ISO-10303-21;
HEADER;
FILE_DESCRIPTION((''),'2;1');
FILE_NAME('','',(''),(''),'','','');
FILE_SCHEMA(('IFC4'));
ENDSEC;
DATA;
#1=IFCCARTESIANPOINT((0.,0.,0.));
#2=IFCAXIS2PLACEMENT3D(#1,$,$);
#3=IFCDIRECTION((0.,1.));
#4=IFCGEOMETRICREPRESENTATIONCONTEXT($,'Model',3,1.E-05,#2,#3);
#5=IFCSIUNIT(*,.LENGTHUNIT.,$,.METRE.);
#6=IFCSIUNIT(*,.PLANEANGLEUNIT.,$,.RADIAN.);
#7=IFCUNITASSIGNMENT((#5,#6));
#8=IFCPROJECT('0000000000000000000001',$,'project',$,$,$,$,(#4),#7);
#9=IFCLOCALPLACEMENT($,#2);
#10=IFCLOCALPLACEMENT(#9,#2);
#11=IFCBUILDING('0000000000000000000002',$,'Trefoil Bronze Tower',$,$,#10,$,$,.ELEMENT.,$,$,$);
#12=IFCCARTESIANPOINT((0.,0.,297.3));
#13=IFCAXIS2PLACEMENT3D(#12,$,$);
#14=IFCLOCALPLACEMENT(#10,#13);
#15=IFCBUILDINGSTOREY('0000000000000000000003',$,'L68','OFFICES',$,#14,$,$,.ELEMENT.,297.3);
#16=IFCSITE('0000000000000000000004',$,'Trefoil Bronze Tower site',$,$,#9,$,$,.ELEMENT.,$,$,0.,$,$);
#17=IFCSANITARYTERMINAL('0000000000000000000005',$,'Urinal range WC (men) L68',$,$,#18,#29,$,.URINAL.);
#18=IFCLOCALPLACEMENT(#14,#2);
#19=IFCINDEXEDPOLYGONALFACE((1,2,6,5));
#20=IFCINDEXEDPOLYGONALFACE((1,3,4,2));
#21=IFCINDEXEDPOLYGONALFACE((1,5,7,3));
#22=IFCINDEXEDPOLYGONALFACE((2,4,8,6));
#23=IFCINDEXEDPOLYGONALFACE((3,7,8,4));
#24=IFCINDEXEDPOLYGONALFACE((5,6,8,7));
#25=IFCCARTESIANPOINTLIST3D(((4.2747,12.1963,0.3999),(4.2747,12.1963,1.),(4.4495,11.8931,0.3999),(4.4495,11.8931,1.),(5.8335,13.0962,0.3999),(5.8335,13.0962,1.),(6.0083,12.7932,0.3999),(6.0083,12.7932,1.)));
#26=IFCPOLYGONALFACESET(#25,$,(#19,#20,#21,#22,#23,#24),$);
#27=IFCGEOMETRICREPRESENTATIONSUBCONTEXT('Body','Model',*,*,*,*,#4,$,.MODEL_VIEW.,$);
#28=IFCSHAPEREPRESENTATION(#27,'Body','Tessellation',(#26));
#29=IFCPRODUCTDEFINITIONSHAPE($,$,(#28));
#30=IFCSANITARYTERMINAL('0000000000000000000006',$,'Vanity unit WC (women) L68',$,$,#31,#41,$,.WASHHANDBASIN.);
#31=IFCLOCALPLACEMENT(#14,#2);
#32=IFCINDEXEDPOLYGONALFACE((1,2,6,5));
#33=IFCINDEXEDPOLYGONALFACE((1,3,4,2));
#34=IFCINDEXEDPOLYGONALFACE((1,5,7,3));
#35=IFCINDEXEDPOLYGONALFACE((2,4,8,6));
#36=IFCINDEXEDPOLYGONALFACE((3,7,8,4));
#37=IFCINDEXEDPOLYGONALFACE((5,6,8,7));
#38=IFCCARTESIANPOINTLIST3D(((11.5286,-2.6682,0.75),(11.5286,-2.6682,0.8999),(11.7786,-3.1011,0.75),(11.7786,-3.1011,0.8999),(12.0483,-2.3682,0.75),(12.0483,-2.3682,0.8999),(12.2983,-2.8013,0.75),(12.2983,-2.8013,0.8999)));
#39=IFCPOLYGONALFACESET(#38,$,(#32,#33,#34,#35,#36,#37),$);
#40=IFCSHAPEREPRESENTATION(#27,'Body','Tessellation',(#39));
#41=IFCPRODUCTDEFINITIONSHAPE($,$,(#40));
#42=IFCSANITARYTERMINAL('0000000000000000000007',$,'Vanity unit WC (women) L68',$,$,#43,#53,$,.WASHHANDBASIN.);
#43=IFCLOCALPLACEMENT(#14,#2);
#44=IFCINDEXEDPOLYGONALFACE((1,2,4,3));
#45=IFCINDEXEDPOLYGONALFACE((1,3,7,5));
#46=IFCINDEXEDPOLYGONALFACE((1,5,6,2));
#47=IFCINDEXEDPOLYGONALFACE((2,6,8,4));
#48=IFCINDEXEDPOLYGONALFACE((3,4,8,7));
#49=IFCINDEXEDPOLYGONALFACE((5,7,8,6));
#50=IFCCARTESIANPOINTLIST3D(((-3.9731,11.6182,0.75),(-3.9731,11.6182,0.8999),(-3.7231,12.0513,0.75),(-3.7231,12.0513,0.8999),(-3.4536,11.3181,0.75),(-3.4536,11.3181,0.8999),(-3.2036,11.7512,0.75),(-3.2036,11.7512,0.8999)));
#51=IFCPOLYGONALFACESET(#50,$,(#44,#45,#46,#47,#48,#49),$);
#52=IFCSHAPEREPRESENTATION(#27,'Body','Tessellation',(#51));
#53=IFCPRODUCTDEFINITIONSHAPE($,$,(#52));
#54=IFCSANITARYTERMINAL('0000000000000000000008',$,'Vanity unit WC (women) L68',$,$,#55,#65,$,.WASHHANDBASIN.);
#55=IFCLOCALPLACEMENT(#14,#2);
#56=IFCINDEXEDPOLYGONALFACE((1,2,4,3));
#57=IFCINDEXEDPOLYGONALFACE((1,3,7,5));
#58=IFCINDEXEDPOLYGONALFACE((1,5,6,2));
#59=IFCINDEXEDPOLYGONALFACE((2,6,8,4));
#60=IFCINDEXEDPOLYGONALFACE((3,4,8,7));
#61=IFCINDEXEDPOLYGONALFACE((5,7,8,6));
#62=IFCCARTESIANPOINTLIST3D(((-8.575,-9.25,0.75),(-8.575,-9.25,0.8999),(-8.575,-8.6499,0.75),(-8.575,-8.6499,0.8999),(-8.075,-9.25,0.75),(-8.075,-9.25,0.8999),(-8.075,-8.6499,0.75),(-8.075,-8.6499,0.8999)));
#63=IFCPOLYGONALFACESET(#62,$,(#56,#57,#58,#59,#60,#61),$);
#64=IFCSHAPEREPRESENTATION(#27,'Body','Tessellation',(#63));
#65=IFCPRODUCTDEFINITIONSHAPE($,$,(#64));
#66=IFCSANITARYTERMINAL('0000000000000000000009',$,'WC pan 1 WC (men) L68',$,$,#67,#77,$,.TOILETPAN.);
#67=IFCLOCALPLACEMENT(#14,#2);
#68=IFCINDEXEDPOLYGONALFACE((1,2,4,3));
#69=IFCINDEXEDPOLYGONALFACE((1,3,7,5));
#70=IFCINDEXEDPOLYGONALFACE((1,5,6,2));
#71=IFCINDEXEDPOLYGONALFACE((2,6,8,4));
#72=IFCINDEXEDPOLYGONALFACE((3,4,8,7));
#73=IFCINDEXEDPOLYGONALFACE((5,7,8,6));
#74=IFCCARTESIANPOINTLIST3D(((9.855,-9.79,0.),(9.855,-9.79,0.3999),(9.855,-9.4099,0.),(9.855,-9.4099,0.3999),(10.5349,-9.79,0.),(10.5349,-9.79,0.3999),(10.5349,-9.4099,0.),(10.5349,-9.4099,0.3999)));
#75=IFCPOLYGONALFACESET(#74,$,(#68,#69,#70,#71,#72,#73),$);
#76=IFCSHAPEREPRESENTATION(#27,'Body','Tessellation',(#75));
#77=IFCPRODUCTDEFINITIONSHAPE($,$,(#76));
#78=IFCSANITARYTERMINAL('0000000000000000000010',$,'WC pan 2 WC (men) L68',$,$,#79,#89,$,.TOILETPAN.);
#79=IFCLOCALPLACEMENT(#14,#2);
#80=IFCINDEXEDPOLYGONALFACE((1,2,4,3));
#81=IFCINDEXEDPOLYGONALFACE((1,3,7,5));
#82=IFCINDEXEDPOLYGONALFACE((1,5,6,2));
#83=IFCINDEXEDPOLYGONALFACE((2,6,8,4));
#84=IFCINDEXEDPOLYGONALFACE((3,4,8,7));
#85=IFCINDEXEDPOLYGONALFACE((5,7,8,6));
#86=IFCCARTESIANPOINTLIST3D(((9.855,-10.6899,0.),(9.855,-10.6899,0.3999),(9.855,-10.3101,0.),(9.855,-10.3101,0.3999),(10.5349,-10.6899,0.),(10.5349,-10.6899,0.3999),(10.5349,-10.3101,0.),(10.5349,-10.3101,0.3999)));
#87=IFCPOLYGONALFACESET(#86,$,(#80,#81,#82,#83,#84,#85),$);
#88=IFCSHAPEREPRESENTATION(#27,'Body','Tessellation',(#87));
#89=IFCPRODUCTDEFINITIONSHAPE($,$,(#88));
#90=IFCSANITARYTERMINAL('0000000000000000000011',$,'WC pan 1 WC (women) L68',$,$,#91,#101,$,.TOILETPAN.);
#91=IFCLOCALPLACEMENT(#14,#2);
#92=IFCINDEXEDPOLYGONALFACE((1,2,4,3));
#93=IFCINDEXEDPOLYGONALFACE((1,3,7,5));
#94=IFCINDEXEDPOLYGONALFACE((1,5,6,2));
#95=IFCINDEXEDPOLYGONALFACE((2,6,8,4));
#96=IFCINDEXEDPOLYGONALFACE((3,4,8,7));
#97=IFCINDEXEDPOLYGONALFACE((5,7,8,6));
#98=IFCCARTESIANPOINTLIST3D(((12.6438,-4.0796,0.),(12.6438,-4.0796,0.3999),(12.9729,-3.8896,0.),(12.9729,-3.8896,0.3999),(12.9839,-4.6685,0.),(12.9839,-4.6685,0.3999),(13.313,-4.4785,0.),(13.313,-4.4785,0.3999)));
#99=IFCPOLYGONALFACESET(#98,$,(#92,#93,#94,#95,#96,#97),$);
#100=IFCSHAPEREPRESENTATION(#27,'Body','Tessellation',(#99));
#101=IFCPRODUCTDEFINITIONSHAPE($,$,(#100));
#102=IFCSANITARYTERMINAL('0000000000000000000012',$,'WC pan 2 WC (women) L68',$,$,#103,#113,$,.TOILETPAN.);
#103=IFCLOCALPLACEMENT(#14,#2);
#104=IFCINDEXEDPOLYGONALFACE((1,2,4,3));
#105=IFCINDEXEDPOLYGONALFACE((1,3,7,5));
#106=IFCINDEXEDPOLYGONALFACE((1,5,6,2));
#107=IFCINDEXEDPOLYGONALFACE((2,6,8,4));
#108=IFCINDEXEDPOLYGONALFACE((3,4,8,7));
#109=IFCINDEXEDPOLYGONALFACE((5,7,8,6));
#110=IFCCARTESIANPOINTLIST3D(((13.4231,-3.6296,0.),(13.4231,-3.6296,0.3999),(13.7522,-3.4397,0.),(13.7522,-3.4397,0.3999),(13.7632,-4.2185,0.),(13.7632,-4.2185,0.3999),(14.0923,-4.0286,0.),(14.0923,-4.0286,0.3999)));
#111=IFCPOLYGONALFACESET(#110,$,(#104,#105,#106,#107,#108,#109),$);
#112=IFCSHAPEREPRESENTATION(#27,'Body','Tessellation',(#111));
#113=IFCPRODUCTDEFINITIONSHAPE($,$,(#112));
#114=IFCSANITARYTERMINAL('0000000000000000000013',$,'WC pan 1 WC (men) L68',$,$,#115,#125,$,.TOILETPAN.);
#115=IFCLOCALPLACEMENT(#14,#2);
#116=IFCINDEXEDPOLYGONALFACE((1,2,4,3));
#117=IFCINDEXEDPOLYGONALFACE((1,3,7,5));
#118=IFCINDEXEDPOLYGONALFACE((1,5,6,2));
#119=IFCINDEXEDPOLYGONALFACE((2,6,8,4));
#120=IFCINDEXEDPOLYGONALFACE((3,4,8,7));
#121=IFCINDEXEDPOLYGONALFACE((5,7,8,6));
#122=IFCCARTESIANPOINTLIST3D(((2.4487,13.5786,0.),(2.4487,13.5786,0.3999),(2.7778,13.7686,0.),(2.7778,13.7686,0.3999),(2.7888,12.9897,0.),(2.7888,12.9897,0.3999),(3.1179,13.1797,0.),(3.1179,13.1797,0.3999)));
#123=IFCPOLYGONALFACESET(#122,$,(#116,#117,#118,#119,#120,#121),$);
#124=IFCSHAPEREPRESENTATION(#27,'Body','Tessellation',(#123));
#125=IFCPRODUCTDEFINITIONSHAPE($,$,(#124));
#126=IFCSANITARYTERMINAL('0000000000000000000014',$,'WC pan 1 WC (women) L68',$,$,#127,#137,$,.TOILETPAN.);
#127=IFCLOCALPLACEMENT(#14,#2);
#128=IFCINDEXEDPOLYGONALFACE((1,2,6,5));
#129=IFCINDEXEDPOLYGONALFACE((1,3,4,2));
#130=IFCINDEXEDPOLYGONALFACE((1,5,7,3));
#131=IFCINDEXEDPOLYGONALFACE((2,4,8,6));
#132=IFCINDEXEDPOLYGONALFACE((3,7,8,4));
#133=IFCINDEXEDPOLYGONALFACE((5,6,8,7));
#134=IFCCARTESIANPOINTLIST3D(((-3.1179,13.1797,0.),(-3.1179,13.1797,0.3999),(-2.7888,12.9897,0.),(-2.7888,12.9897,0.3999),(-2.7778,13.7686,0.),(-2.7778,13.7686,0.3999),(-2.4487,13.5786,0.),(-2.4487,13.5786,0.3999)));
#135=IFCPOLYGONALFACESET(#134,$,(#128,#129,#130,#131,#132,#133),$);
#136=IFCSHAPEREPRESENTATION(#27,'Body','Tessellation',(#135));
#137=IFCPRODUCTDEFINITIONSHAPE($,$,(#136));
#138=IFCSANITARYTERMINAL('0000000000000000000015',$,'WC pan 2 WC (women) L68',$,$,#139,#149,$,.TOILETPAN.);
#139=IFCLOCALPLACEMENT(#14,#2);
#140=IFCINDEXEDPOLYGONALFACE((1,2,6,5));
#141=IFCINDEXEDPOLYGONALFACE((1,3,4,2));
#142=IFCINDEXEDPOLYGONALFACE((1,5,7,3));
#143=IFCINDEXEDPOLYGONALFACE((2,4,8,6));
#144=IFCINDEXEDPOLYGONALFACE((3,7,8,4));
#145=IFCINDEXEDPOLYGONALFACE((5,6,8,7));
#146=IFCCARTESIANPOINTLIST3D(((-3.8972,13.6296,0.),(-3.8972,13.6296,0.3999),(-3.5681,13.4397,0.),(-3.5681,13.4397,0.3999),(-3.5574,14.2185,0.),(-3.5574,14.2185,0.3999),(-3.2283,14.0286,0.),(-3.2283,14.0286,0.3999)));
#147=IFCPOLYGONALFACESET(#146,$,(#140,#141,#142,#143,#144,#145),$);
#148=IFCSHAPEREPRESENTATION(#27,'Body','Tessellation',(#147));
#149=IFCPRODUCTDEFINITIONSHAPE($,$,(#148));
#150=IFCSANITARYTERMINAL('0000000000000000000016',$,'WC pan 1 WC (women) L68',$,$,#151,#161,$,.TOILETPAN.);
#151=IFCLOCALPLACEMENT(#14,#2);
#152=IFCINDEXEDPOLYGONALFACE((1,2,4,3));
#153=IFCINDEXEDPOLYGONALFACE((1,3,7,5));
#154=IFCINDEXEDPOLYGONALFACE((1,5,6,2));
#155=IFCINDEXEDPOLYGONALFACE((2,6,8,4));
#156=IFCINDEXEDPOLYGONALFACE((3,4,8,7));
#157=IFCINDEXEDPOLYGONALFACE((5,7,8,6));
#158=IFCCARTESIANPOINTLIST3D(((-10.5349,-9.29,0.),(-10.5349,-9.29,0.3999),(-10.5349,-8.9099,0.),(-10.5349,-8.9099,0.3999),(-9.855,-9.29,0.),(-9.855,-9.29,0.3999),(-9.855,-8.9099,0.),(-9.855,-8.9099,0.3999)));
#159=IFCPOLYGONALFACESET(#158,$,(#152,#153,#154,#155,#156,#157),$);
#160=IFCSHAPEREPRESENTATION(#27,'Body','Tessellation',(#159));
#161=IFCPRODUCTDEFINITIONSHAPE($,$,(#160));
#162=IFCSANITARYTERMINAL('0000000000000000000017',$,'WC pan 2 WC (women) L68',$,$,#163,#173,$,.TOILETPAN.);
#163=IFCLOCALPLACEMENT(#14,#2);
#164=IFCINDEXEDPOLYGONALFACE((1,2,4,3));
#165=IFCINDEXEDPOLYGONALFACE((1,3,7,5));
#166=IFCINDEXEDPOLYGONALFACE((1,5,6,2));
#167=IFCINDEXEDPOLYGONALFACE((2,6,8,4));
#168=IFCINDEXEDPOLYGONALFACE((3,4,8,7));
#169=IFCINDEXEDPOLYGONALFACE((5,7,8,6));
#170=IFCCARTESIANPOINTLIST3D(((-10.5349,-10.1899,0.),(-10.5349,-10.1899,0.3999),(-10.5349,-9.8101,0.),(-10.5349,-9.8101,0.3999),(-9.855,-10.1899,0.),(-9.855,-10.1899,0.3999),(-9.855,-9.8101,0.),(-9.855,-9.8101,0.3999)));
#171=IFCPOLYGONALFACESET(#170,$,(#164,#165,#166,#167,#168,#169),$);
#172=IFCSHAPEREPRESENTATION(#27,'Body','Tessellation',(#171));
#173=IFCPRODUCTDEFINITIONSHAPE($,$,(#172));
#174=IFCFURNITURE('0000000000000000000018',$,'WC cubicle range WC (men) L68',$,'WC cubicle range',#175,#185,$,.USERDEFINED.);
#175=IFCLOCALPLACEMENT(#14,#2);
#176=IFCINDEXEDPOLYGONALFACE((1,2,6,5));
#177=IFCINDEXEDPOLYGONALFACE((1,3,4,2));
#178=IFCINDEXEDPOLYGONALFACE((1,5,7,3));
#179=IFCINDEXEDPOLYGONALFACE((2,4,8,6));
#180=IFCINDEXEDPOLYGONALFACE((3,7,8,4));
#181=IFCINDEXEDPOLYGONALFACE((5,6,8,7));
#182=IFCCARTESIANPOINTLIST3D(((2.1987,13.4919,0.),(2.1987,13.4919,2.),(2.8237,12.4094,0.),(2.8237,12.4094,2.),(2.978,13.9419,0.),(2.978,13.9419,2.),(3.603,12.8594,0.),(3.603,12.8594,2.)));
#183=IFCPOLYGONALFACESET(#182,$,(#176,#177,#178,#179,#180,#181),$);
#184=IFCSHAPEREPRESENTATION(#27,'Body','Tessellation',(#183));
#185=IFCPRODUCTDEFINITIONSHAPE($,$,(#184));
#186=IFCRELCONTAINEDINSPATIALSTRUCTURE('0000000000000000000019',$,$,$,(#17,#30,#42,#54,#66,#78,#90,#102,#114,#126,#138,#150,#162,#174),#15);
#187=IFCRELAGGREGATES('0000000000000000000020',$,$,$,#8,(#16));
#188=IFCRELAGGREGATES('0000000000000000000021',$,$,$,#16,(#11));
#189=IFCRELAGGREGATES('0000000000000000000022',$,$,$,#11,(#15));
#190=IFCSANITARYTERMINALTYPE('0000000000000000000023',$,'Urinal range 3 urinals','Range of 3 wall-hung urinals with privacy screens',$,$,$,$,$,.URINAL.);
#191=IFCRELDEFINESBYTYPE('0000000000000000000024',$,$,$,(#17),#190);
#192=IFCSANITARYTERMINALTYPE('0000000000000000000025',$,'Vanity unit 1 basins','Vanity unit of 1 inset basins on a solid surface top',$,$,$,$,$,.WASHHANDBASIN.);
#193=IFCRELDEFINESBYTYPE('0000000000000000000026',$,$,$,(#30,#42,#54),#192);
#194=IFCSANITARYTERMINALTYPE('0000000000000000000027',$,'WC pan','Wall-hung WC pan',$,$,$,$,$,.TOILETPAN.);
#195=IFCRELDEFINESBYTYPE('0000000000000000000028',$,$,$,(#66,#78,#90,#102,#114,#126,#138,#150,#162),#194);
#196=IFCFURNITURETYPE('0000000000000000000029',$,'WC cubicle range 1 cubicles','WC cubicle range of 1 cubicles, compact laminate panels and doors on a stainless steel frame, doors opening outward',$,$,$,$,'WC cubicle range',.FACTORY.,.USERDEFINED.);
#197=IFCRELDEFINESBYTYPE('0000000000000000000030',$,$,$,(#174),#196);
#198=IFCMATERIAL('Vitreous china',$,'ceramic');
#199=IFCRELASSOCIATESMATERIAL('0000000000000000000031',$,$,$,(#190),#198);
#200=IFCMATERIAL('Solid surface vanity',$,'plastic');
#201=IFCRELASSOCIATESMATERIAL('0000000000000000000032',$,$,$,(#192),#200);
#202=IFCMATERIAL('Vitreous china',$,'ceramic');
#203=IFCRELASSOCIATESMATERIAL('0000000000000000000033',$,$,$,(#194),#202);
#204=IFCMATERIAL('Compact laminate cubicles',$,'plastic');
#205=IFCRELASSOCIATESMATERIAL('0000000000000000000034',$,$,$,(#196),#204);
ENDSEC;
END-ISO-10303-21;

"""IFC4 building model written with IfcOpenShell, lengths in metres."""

from ifc_helpers import new_model, si_unit, direction, frame, origin, place, context, subcontext, project, spatial, polyline, outline, extrude, material, type_object, element, save


model = new_model("IFC4")

# Units and contexts
model_context = context("Model", 3, precision=1e-05, world=origin(), true_north=direction((0.0, 1.0)))
body_context = subcontext(model_context, "Body", "Model", "MODEL_VIEW")
ifc_project = project(units=[si_unit("LENGTHUNIT", "METRE"), si_unit("PLANEANGLEUNIT", "RADIAN")], contexts=[model_context])

# Site, building, storey
site_placement = place(None, origin())
site = spatial("IfcSite", under=ifc_project, at=site_placement, Name="Trefoil Bronze Tower site", CompositionType="ELEMENT", RefElevation=0.0)
building_placement = place(site_placement, origin())
building = spatial("IfcBuilding", under=site, at=building_placement, Name="Trefoil Bronze Tower", CompositionType="ELEMENT")
storey_placement = place(building_placement, frame((0.0, 0.0, 297.3)))
storey = spatial("IfcBuildingStorey", under=building, at=storey_placement, Name="L68", Description="OFFICES", CompositionType="ELEMENT", Elevation=297.3)

# Sanitary terminals
ifc_material_1 = material(Name="Vitreous china", Category="ceramic")
sanitary_terminal_type_1 = type_object("IfcSanitaryTerminalType", Name="Urinal range 3 urinals", Description="Range of 3 wall-hung urinals with privacy screens", PredefinedType="URINAL", material=ifc_material_1)
sanitary_terminal_1_placement = place(storey_placement, frame((0.0, 0.0, 0.3999)))
element("IfcSanitaryTerminal", 1, at=sanitary_terminal_1_placement, inside=storey, type_object=sanitary_terminal_type_1, Name="Urinal range WC (men) L68", PredefinedType="URINAL", context=body_context, shape_type="SweptSolid", body=[
    extrude(outline(polyline([(4.4495, 11.8931), (4.2747, 12.1963), (5.8335, 13.0962), (6.0083, 12.7932), (4.4495, 11.8931)])), origin(), (0.0, 0.0, 1.0), 0.6001),
])
ifc_material_2 = material(Name="Solid surface vanity", Category="plastic")
sanitary_terminal_type_2 = type_object("IfcSanitaryTerminalType", Name="Vanity unit 1 basins", Description="Vanity unit of 1 inset basins on a solid surface top", PredefinedType="WASHHANDBASIN", material=ifc_material_2)
sanitary_terminal_2_placement = place(storey_placement, frame((0.0, 0.0, 0.75)))
element("IfcSanitaryTerminal", 2, at=sanitary_terminal_2_placement, inside=storey, type_object=sanitary_terminal_type_2, Name="Vanity unit WC (women) L68", PredefinedType="WASHHANDBASIN", context=body_context, shape_type="SweptSolid", body=[
    extrude(outline(polyline([(11.5286, -2.6682), (11.7786, -3.1011), (12.2983, -2.8013), (12.0483, -2.3682), (11.5286, -2.6682)])), origin(), (0.0, 0.0, 1.0), 0.1499),
])
sanitary_terminal_3_placement = place(storey_placement, frame((0.0, 0.0, 0.75)))
element("IfcSanitaryTerminal", 3, at=sanitary_terminal_3_placement, inside=storey, type_object=sanitary_terminal_type_2, Name="Vanity unit WC (women) L68", PredefinedType="WASHHANDBASIN", context=body_context, shape_type="SweptSolid", body=[
    extrude(outline(polyline([(-3.4536, 11.3181), (-3.2036, 11.7512), (-3.7231, 12.0513), (-3.9731, 11.6182), (-3.4536, 11.3181)])), origin(), (0.0, 0.0, 1.0), 0.1499),
])
sanitary_terminal_4_placement = place(storey_placement, frame((0.0, 0.0, 0.75)))
element("IfcSanitaryTerminal", 4, at=sanitary_terminal_4_placement, inside=storey, type_object=sanitary_terminal_type_2, Name="Vanity unit WC (women) L68", PredefinedType="WASHHANDBASIN", context=body_context, shape_type="SweptSolid", body=[
    extrude(outline(polyline([(-8.075, -8.6499), (-8.575, -8.6499), (-8.575, -9.25), (-8.075, -9.25), (-8.075, -8.6499)])), origin(), (0.0, 0.0, 1.0), 0.1499),
])
ifc_material_3 = material(Name="Vitreous china", Category="ceramic")
sanitary_terminal_type_3 = type_object("IfcSanitaryTerminalType", Name="WC pan", Description="Wall-hung WC pan", PredefinedType="TOILETPAN", material=ifc_material_3)
sanitary_terminal_5_placement = place(storey_placement, origin())
element("IfcSanitaryTerminal", 5, at=sanitary_terminal_5_placement, inside=storey, type_object=sanitary_terminal_type_3, Name="WC pan 1 WC (men) L68", PredefinedType="TOILETPAN", context=body_context, shape_type="SweptSolid", body=[
    extrude(outline(polyline([(9.855, -9.4099), (10.5349, -9.4099), (10.5349, -9.79), (9.855, -9.79), (9.855, -9.4099)])), origin(), (0.0, 0.0, 1.0), 0.3999),
])
sanitary_terminal_6_placement = place(storey_placement, origin())
element("IfcSanitaryTerminal", 6, at=sanitary_terminal_6_placement, inside=storey, type_object=sanitary_terminal_type_3, Name="WC pan 2 WC (men) L68", PredefinedType="TOILETPAN", context=body_context, shape_type="SweptSolid", body=[
    extrude(outline(polyline([(9.855, -10.3101), (10.5349, -10.3101), (10.5349, -10.6899), (9.855, -10.6899), (9.855, -10.3101)])), origin(), (0.0, 0.0, 1.0), 0.3999),
])
sanitary_terminal_7_placement = place(storey_placement, origin())
element("IfcSanitaryTerminal", 7, at=sanitary_terminal_7_placement, inside=storey, type_object=sanitary_terminal_type_3, Name="WC pan 1 WC (women) L68", PredefinedType="TOILETPAN", context=body_context, shape_type="SweptSolid", body=[
    extrude(outline(polyline([(12.6438, -4.0796), (12.9839, -4.6685), (13.313, -4.4785), (12.9729, -3.8896), (12.6438, -4.0796)])), origin(), (0.0, 0.0, 1.0), 0.3999),
])
sanitary_terminal_8_placement = place(storey_placement, origin())
element("IfcSanitaryTerminal", 8, at=sanitary_terminal_8_placement, inside=storey, type_object=sanitary_terminal_type_3, Name="WC pan 2 WC (women) L68", PredefinedType="TOILETPAN", context=body_context, shape_type="SweptSolid", body=[
    extrude(outline(polyline([(13.4231, -3.6296), (13.7632, -4.2185), (14.0923, -4.0286), (13.7522, -3.4397), (13.4231, -3.6296)])), origin(), (0.0, 0.0, 1.0), 0.3999),
])
sanitary_terminal_9_placement = place(storey_placement, origin())
element("IfcSanitaryTerminal", 9, at=sanitary_terminal_9_placement, inside=storey, type_object=sanitary_terminal_type_3, Name="WC pan 1 WC (men) L68", PredefinedType="TOILETPAN", context=body_context, shape_type="SweptSolid", body=[
    extrude(outline(polyline([(2.7888, 12.9897), (2.4487, 13.5786), (2.7778, 13.7686), (3.1179, 13.1797), (2.7888, 12.9897)])), origin(), (0.0, 0.0, 1.0), 0.3999),
])
sanitary_terminal_10_placement = place(storey_placement, origin())
element("IfcSanitaryTerminal", 10, at=sanitary_terminal_10_placement, inside=storey, type_object=sanitary_terminal_type_3, Name="WC pan 1 WC (women) L68", PredefinedType="TOILETPAN", context=body_context, shape_type="SweptSolid", body=[
    extrude(outline(polyline([(-2.7888, 12.9897), (-2.4487, 13.5786), (-2.7778, 13.7686), (-3.1179, 13.1797), (-2.7888, 12.9897)])), origin(), (0.0, 0.0, 1.0), 0.3999),
])
sanitary_terminal_11_placement = place(storey_placement, origin())
element("IfcSanitaryTerminal", 11, at=sanitary_terminal_11_placement, inside=storey, type_object=sanitary_terminal_type_3, Name="WC pan 2 WC (women) L68", PredefinedType="TOILETPAN", context=body_context, shape_type="SweptSolid", body=[
    extrude(outline(polyline([(-3.5681, 13.4397), (-3.2283, 14.0286), (-3.5574, 14.2185), (-3.8972, 13.6296), (-3.5681, 13.4397)])), origin(), (0.0, 0.0, 1.0), 0.3999),
])
sanitary_terminal_12_placement = place(storey_placement, origin())
element("IfcSanitaryTerminal", 12, at=sanitary_terminal_12_placement, inside=storey, type_object=sanitary_terminal_type_3, Name="WC pan 1 WC (women) L68", PredefinedType="TOILETPAN", context=body_context, shape_type="SweptSolid", body=[
    extrude(outline(polyline([(-9.855, -8.9099), (-10.5349, -8.9099), (-10.5349, -9.29), (-9.855, -9.29), (-9.855, -8.9099)])), origin(), (0.0, 0.0, 1.0), 0.3999),
])
sanitary_terminal_13_placement = place(storey_placement, origin())
element("IfcSanitaryTerminal", 13, at=sanitary_terminal_13_placement, inside=storey, type_object=sanitary_terminal_type_3, Name="WC pan 2 WC (women) L68", PredefinedType="TOILETPAN", context=body_context, shape_type="SweptSolid", body=[
    extrude(outline(polyline([(-9.855, -9.8101), (-10.5349, -9.8101), (-10.5349, -10.1899), (-9.855, -10.1899), (-9.855, -9.8101)])), origin(), (0.0, 0.0, 1.0), 0.3999),
])

# Furniture
ifc_material_4 = material(Name="Compact laminate cubicles", Category="plastic")
furniture_type_1 = type_object("IfcFurnitureType", Name="WC cubicle range 1 cubicles", Description="WC cubicle range of 1 cubicles, compact laminate panels and doors on a stainless steel frame, doors opening outward", ElementType="WC cubicle range", AssemblyPlace="FACTORY", PredefinedType="USERDEFINED", material=ifc_material_4)
furniture_1_placement = place(storey_placement, origin())
element("IfcFurniture", 14, at=furniture_1_placement, inside=storey, type_object=furniture_type_1, Name="WC cubicle range WC (men) L68", ObjectType="WC cubicle range", PredefinedType="USERDEFINED", context=body_context, shape_type="SweptSolid", body=[
    extrude(outline(polyline([(2.8237, 12.4094), (2.1987, 13.4919), (2.978, 13.9419), (3.603, 12.8594), (2.8237, 12.4094)])), origin(), (0.0, 0.0, 1.0), 2.0),
])

save(model, "model.ifc")
